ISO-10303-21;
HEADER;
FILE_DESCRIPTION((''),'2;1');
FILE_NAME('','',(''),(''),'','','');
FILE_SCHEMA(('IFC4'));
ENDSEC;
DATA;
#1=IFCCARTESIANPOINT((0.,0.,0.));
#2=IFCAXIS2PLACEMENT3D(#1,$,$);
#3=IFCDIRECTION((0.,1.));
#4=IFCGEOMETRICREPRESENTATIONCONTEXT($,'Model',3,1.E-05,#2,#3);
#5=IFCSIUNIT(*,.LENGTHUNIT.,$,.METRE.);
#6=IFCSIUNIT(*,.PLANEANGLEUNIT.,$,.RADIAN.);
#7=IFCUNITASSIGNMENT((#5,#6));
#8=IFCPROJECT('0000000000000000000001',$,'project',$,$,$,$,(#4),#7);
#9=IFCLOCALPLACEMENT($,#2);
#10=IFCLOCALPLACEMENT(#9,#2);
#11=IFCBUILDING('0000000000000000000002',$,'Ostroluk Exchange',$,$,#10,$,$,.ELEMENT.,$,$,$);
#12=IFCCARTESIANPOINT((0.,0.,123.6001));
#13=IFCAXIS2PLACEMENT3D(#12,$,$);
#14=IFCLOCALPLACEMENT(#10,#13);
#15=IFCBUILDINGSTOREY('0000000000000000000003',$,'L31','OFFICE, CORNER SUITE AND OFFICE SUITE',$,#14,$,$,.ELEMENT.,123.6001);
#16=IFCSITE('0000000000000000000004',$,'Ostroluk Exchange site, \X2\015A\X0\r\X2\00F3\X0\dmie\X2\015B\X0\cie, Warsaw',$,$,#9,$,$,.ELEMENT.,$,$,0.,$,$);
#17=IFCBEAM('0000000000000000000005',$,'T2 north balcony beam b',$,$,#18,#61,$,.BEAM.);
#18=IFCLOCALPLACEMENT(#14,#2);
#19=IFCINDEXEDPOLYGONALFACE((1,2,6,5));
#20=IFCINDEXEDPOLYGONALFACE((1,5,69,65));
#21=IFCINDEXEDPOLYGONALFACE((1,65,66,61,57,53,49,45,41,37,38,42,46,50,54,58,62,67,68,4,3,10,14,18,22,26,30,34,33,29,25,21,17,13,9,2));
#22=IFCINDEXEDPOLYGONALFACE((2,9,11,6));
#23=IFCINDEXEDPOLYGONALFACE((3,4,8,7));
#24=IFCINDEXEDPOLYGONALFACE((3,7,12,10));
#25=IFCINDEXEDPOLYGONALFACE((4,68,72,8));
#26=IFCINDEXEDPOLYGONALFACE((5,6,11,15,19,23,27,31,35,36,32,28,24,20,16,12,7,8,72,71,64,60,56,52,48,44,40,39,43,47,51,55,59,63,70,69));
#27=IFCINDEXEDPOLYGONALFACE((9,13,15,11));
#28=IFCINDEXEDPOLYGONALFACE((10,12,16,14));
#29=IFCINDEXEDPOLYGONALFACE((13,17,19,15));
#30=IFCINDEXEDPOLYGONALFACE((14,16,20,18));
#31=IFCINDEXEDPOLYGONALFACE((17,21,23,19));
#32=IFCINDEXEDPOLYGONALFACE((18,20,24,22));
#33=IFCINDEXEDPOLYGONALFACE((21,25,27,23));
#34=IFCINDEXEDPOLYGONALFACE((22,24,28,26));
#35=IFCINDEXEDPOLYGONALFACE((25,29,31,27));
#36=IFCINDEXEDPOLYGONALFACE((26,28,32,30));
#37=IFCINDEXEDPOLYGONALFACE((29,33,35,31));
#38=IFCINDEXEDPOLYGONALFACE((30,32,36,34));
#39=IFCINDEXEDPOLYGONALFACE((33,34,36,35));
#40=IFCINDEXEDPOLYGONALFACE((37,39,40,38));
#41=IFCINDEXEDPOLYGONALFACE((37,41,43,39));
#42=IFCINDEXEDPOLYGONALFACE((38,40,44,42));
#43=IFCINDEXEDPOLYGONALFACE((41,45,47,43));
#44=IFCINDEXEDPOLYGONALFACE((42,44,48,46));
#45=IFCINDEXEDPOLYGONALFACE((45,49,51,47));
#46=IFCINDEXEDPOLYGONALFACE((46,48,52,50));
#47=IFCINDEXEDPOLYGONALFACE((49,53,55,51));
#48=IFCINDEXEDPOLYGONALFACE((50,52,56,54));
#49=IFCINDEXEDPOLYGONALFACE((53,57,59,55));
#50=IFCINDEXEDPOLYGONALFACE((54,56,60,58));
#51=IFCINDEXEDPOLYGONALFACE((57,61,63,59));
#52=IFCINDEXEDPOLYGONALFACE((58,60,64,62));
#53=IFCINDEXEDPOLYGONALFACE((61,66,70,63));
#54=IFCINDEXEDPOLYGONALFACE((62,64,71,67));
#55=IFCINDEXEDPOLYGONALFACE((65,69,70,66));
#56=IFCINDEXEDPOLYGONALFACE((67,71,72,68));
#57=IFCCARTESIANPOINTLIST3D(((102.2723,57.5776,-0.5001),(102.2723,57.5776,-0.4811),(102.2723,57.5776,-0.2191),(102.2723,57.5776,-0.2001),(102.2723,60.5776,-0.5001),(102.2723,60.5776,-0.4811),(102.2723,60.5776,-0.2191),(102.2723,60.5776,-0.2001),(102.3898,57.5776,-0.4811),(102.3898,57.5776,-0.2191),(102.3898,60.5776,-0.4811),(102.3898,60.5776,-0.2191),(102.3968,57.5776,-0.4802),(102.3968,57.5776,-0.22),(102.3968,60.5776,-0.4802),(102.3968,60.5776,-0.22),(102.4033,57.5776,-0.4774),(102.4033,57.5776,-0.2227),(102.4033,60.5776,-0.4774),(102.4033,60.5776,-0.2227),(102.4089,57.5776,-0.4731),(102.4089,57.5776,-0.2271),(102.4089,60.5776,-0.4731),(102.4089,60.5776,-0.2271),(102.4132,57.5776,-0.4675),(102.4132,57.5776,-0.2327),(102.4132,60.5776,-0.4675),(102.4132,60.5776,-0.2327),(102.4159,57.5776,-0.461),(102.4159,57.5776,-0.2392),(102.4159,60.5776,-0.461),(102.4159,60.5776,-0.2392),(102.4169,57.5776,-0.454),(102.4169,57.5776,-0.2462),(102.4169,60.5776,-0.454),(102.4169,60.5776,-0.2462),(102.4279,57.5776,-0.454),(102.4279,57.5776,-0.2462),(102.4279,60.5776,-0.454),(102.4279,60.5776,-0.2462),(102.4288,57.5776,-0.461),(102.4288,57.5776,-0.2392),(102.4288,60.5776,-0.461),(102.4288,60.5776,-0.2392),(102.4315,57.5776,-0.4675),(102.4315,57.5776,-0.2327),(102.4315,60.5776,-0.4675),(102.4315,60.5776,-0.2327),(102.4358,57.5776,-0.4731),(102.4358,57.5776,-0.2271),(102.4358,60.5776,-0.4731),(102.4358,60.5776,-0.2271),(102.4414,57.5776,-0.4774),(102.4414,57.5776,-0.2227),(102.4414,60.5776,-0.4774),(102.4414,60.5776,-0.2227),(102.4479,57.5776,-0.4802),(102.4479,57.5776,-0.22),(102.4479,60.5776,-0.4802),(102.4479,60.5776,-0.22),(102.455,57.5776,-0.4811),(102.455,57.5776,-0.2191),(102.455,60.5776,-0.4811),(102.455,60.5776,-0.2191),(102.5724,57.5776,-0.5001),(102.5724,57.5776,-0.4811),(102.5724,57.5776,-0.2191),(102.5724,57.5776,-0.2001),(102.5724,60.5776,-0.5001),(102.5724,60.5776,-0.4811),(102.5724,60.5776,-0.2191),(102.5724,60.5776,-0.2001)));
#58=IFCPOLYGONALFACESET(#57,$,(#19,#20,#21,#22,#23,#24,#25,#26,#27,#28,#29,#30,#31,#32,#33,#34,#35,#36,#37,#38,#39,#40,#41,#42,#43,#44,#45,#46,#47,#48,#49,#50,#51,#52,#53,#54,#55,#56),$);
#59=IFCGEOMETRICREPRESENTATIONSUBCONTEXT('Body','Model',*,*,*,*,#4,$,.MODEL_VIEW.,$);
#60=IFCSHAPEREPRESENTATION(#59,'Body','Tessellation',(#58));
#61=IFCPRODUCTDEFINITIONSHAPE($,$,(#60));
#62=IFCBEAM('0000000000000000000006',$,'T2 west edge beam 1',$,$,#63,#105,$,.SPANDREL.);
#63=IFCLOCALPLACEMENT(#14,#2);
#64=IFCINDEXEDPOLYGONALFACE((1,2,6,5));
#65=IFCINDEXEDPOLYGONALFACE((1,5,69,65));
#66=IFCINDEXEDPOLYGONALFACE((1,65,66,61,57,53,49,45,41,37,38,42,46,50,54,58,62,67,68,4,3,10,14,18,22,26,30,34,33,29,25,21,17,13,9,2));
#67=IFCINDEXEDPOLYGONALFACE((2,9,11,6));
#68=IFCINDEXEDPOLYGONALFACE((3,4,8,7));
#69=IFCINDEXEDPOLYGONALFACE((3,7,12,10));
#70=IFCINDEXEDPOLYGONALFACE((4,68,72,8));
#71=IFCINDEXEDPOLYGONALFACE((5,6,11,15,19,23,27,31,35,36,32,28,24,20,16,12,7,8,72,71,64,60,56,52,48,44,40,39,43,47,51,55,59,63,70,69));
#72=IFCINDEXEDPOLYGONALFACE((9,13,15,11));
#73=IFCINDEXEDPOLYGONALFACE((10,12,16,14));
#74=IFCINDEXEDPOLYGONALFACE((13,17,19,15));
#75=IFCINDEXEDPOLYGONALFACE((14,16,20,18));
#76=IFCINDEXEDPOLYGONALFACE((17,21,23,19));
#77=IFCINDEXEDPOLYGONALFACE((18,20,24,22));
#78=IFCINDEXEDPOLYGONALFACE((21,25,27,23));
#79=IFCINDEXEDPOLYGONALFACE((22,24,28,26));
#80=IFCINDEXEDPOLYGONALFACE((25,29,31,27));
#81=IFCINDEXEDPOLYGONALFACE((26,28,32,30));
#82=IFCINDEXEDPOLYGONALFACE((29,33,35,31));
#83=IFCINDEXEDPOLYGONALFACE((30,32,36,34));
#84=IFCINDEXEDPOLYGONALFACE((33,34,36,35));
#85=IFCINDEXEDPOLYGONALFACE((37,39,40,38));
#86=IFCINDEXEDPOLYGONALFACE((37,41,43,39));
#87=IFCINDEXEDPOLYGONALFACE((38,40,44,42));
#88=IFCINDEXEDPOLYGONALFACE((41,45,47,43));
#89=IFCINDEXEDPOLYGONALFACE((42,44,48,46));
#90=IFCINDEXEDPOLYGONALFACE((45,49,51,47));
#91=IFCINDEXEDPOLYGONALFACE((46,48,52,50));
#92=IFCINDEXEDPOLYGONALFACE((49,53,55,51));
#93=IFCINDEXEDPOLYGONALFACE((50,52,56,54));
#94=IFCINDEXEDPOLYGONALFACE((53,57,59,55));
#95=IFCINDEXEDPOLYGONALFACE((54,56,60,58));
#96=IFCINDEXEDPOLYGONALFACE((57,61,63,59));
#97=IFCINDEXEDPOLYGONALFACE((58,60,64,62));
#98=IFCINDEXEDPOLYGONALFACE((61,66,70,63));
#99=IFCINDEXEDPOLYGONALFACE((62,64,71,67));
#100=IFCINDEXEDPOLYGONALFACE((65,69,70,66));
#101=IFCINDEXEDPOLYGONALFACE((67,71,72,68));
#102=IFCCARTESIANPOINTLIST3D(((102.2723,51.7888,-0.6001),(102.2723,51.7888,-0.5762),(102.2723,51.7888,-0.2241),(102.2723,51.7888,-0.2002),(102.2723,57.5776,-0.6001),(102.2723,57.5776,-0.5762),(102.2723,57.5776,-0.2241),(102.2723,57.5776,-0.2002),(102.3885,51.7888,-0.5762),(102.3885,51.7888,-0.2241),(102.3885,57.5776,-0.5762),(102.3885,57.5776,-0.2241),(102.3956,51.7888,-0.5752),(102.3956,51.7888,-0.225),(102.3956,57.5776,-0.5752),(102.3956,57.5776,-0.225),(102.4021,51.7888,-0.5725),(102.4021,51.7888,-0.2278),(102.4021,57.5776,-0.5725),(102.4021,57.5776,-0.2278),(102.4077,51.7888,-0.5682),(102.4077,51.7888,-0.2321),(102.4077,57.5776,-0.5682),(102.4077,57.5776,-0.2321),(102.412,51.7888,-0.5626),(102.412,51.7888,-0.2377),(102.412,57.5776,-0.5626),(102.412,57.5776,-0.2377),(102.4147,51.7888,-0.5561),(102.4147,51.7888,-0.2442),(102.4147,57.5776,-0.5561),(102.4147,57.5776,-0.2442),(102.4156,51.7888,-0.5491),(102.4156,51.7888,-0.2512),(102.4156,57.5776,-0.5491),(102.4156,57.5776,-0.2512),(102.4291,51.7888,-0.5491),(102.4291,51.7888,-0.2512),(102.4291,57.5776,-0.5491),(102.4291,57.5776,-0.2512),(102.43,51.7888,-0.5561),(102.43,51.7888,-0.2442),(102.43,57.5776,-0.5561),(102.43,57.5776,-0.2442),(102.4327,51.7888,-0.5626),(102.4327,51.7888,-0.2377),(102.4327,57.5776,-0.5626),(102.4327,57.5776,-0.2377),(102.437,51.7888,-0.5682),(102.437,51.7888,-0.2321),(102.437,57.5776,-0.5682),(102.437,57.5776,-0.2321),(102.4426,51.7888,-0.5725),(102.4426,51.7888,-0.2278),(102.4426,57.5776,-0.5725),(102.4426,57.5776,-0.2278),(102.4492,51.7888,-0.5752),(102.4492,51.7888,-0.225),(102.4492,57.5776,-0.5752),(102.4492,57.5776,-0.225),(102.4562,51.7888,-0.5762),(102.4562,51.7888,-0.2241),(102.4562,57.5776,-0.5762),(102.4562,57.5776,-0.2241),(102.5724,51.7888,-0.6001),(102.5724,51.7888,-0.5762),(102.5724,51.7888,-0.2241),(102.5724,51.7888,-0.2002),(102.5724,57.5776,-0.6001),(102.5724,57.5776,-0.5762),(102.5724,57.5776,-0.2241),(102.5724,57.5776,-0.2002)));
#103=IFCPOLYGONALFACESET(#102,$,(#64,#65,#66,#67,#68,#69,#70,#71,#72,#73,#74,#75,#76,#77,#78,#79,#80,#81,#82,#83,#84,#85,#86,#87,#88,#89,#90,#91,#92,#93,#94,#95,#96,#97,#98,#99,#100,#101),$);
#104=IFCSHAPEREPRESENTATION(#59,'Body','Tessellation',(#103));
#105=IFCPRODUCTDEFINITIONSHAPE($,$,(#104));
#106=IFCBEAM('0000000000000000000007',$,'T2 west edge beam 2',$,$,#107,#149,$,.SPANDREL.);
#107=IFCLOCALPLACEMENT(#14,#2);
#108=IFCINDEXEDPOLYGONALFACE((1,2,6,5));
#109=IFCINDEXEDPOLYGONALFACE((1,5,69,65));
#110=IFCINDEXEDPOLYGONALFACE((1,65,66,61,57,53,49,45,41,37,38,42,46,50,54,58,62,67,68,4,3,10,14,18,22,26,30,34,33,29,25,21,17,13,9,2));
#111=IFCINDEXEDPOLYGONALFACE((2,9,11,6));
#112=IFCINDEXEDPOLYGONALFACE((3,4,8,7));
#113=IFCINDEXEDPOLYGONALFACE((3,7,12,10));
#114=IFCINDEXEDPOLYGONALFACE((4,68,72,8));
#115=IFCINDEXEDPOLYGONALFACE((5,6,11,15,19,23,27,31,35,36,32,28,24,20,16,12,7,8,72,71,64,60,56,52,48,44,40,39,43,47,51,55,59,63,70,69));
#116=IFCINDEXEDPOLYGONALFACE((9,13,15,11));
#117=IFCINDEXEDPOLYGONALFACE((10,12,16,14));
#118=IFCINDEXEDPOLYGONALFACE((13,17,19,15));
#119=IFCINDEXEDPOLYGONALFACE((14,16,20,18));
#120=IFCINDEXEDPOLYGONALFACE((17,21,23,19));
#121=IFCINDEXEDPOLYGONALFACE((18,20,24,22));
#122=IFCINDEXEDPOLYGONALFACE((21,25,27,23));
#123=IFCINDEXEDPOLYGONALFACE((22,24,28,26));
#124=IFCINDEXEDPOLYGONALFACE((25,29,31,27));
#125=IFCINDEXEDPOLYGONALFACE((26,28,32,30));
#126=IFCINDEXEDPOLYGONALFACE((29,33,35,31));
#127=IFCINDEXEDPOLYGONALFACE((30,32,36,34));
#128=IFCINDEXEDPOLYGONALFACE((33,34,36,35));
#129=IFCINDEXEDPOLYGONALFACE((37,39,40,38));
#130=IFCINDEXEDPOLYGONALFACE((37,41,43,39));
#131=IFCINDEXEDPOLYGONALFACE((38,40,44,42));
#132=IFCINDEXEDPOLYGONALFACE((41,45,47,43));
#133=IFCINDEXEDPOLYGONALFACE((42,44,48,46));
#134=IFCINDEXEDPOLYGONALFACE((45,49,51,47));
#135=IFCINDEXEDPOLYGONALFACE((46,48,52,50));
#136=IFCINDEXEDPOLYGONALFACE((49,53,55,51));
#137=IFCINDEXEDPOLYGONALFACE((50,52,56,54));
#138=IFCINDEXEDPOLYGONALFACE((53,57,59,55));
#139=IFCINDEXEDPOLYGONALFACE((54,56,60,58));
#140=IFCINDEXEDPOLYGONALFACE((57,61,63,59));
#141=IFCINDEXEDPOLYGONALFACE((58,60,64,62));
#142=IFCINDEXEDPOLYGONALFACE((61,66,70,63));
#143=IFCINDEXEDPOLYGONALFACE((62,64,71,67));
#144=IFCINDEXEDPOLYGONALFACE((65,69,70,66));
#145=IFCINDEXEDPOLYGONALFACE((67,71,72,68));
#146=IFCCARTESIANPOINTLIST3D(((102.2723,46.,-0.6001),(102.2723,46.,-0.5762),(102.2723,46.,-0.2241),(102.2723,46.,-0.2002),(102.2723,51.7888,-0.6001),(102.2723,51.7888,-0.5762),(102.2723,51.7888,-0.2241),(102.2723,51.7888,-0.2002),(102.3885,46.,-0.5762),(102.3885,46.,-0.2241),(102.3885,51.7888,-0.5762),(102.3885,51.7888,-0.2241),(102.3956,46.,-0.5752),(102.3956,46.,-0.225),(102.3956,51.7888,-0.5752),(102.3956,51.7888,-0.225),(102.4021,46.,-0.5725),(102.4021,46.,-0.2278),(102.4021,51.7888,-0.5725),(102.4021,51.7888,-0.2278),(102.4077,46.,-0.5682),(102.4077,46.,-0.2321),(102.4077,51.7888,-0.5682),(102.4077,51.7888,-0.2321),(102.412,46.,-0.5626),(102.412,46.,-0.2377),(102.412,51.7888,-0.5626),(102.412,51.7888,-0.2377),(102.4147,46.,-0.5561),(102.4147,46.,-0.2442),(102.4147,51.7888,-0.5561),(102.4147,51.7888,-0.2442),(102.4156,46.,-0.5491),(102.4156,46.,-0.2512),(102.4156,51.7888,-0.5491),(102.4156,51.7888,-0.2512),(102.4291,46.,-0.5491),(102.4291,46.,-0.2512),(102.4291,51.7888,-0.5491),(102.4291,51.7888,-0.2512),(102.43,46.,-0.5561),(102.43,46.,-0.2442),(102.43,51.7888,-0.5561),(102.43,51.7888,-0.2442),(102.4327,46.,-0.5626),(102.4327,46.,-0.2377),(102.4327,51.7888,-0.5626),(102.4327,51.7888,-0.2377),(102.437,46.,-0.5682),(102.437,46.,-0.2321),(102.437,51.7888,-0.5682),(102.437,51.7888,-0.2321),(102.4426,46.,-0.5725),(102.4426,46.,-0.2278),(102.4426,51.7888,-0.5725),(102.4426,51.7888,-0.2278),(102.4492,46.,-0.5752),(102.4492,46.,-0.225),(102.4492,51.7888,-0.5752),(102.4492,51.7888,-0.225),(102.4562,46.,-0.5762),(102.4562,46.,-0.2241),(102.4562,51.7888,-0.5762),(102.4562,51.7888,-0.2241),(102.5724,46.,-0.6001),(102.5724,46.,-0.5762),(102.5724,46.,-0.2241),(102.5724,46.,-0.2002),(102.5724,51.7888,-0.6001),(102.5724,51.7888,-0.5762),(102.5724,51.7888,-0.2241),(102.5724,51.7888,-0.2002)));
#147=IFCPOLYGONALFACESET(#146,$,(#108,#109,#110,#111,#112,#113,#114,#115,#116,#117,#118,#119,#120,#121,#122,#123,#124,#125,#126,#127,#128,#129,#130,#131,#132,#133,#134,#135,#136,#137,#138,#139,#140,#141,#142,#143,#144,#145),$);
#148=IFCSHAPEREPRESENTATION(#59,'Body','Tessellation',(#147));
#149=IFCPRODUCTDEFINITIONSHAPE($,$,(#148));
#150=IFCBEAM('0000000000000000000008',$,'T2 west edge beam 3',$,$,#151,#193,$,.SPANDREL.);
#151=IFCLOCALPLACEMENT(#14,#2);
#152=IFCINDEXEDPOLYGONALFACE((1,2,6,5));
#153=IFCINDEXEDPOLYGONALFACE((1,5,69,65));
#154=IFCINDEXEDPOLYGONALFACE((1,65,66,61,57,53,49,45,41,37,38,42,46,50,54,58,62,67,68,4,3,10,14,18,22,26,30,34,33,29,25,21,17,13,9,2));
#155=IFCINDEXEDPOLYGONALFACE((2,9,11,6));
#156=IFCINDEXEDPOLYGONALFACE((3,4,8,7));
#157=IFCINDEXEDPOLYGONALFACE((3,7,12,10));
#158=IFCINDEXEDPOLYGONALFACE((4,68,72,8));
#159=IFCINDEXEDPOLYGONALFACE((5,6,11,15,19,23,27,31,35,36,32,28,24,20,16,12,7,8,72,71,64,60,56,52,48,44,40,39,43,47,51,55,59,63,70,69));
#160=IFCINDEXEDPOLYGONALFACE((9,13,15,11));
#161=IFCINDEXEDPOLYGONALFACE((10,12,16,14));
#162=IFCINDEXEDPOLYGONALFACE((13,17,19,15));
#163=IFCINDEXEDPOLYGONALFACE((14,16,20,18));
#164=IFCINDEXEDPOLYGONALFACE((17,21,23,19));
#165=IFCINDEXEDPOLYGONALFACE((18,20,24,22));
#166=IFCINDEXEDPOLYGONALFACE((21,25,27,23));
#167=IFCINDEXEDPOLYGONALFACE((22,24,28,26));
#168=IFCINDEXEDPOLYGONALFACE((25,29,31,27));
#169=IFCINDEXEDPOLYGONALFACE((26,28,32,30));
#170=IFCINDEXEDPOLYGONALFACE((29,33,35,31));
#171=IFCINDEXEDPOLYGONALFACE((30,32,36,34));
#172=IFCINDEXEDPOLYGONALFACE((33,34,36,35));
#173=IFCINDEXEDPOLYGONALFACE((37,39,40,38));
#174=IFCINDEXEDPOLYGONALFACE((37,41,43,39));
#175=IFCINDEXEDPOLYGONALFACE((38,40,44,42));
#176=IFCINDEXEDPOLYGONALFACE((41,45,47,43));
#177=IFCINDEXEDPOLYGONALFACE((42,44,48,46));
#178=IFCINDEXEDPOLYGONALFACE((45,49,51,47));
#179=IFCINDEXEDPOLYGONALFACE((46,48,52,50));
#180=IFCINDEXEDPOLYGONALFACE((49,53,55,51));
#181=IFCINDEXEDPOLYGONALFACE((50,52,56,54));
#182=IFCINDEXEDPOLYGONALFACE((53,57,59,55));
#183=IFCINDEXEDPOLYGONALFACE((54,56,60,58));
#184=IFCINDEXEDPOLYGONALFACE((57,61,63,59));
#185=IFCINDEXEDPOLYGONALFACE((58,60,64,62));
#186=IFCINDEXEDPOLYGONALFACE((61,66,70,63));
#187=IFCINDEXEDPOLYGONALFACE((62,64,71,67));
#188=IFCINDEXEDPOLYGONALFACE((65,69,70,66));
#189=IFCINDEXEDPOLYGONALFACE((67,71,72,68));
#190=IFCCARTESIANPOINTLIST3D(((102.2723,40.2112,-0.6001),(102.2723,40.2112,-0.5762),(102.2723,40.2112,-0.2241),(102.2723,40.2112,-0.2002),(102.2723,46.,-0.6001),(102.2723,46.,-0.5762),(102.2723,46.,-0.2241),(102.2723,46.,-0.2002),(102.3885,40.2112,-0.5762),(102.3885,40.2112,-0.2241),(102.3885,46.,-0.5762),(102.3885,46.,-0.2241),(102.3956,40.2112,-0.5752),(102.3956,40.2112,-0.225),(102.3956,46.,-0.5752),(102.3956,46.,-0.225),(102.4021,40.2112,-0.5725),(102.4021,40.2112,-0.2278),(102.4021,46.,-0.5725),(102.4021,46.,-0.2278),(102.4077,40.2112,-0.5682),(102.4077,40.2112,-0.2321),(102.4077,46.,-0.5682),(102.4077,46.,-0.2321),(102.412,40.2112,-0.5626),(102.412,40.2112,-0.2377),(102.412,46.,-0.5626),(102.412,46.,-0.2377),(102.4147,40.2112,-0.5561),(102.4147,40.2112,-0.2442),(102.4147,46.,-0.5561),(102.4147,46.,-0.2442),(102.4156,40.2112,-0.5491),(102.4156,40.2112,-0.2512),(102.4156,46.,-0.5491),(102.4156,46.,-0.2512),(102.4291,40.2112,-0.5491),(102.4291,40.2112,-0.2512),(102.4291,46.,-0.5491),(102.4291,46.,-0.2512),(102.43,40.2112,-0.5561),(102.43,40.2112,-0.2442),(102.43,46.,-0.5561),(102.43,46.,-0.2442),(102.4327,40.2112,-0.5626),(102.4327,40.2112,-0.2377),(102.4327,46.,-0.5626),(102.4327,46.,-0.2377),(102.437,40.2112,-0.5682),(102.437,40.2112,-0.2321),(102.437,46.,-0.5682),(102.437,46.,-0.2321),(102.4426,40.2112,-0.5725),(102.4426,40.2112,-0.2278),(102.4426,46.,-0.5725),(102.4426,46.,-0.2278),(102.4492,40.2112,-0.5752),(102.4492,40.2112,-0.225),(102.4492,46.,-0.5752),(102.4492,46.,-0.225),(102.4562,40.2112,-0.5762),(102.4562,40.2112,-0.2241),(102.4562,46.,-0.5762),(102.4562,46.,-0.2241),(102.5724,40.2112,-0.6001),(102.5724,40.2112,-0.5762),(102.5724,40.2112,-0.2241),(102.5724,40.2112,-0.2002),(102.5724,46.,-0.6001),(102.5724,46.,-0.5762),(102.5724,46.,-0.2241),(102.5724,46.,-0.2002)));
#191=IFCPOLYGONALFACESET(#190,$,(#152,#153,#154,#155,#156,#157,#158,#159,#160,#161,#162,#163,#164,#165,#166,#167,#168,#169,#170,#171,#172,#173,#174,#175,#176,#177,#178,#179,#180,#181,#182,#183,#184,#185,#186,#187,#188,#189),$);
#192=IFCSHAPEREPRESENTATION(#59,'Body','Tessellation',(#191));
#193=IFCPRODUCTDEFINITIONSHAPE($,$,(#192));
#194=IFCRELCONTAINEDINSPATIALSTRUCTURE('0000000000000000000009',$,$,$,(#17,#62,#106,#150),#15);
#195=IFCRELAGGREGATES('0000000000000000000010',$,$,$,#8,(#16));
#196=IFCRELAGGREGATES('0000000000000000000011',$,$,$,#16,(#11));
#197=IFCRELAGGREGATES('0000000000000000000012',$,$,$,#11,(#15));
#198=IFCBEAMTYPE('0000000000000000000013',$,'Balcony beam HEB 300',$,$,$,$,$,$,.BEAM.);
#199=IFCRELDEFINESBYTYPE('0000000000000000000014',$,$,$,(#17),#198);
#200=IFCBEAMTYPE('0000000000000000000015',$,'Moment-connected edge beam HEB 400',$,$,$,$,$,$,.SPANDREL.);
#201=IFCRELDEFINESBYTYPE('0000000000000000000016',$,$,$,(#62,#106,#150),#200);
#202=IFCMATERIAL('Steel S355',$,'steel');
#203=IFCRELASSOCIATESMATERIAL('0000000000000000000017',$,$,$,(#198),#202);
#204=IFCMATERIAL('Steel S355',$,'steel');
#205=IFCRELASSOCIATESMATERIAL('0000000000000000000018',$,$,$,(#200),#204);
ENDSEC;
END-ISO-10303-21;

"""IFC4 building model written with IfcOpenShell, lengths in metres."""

from ifc_helpers import new_model, si_unit, direction, frame, origin, origin_2d, place, context, subcontext, project, spatial, i_section, extrude, material, material_profile, profile_set, type_object, element, save


model = new_model("IFC4")

# Units and contexts
model_context = context("Model", 3, precision=1e-05, world=origin(), true_north=direction((0.0, 1.0)))
body_context = subcontext(model_context, "Body", "Model", "MODEL_VIEW")
ifc_project = project(units=[si_unit("LENGTHUNIT", "METRE"), si_unit("PLANEANGLEUNIT", "RADIAN")], contexts=[model_context])

# Site, building, storey
site_placement = place(None, origin())
site = spatial("IfcSite", under=ifc_project, at=site_placement, Name="Ostroluk Exchange site, Śródmieście, Warsaw", CompositionType="ELEMENT", RefElevation=0.0)
building_placement = place(site_placement, origin())
building = spatial("IfcBuilding", under=site, at=building_placement, Name="Ostroluk Exchange", CompositionType="ELEMENT")
storey_placement = place(building_placement, frame((0.0, 0.0, 123.6001)))
storey = spatial("IfcBuildingStorey", under=building, at=storey_placement, Name="L31", Description="OFFICE, CORNER SUITE AND OFFICE SUITE", CompositionType="ELEMENT", Elevation=123.6001)

# Beams
ifc_material_1 = material(Name="Steel S355", Category="steel")
ifc_material_profile_1 = material_profile(ifc_material_1, i_section(OverallWidth=0.3, OverallDepth=0.3, WebThickness=0.011, FlangeThickness=0.019, FilletRadius=0.0271, at=origin_2d()), Name="HEB 300")
ifc_profile_set_1 = profile_set([ifc_material_profile_1], Name="Steel S355")
beam_type_1 = type_object("IfcBeamType", Name="Balcony beam HEB 300", PredefinedType="BEAM", material=ifc_profile_set_1)
for number, where, z_axis, x_axis, name in (
    (1, (102.4224, 57.5776, -0.3501), (0.0, 1.0, 0.0), (-1.0, 0.0, 0.0), "T2 north balcony beam b"),
):
    element("IfcBeam", number, at=place(storey_placement, frame(where, z_axis=z_axis, x_axis=x_axis)), inside=storey, type_object=beam_type_1, Name=name, PredefinedType="BEAM", context=body_context, shape_type="SweptSolid", body=[
        extrude(i_section(OverallWidth=0.3, OverallDepth=0.3, WebThickness=0.011, FlangeThickness=0.019, FilletRadius=0.0271, at=origin_2d()), origin(), (0.0, 0.0, 1.0), 3.0),
    ])
ifc_material_2 = material(Name="Steel S355", Category="steel")
ifc_material_profile_2 = material_profile(ifc_material_2, i_section(OverallWidth=0.3, OverallDepth=0.3999, WebThickness=0.0134, FlangeThickness=0.0239, FilletRadius=0.0271, at=origin_2d()), Name="HEB 400")
ifc_profile_set_2 = profile_set([ifc_material_profile_2], Name="Steel S355")
beam_type_2 = type_object("IfcBeamType", Name="Moment-connected edge beam HEB 400", PredefinedType="SPANDREL", material=ifc_profile_set_2)
for number, where, z_axis, x_axis, name in (
    (2, (102.4224, 57.5776, -0.4001), (0.0, -1.0, 0.0), (1.0, 0.0, 0.0), "T2 west edge beam 1"),
    (3, (102.4224, 51.7888, -0.4001), (0.0, -1.0, 0.0), (1.0, 0.0, 0.0), "T2 west edge beam 2"),
    (4, (102.4224, 46.0, -0.4001), (0.0, -1.0, 0.0), (1.0, 0.0, 0.0), "T2 west edge beam 3"),
):
    element("IfcBeam", number, at=place(storey_placement, frame(where, z_axis=z_axis, x_axis=x_axis)), inside=storey, type_object=beam_type_2, Name=name, PredefinedType="SPANDREL", context=body_context, shape_type="SweptSolid", body=[
        extrude(i_section(OverallWidth=0.3, OverallDepth=0.3999, WebThickness=0.0134, FlangeThickness=0.0239, FilletRadius=0.0271, at=origin_2d()), origin(), (0.0, 0.0, 1.0), 5.7888),
    ])

save(model, "model.ifc")
